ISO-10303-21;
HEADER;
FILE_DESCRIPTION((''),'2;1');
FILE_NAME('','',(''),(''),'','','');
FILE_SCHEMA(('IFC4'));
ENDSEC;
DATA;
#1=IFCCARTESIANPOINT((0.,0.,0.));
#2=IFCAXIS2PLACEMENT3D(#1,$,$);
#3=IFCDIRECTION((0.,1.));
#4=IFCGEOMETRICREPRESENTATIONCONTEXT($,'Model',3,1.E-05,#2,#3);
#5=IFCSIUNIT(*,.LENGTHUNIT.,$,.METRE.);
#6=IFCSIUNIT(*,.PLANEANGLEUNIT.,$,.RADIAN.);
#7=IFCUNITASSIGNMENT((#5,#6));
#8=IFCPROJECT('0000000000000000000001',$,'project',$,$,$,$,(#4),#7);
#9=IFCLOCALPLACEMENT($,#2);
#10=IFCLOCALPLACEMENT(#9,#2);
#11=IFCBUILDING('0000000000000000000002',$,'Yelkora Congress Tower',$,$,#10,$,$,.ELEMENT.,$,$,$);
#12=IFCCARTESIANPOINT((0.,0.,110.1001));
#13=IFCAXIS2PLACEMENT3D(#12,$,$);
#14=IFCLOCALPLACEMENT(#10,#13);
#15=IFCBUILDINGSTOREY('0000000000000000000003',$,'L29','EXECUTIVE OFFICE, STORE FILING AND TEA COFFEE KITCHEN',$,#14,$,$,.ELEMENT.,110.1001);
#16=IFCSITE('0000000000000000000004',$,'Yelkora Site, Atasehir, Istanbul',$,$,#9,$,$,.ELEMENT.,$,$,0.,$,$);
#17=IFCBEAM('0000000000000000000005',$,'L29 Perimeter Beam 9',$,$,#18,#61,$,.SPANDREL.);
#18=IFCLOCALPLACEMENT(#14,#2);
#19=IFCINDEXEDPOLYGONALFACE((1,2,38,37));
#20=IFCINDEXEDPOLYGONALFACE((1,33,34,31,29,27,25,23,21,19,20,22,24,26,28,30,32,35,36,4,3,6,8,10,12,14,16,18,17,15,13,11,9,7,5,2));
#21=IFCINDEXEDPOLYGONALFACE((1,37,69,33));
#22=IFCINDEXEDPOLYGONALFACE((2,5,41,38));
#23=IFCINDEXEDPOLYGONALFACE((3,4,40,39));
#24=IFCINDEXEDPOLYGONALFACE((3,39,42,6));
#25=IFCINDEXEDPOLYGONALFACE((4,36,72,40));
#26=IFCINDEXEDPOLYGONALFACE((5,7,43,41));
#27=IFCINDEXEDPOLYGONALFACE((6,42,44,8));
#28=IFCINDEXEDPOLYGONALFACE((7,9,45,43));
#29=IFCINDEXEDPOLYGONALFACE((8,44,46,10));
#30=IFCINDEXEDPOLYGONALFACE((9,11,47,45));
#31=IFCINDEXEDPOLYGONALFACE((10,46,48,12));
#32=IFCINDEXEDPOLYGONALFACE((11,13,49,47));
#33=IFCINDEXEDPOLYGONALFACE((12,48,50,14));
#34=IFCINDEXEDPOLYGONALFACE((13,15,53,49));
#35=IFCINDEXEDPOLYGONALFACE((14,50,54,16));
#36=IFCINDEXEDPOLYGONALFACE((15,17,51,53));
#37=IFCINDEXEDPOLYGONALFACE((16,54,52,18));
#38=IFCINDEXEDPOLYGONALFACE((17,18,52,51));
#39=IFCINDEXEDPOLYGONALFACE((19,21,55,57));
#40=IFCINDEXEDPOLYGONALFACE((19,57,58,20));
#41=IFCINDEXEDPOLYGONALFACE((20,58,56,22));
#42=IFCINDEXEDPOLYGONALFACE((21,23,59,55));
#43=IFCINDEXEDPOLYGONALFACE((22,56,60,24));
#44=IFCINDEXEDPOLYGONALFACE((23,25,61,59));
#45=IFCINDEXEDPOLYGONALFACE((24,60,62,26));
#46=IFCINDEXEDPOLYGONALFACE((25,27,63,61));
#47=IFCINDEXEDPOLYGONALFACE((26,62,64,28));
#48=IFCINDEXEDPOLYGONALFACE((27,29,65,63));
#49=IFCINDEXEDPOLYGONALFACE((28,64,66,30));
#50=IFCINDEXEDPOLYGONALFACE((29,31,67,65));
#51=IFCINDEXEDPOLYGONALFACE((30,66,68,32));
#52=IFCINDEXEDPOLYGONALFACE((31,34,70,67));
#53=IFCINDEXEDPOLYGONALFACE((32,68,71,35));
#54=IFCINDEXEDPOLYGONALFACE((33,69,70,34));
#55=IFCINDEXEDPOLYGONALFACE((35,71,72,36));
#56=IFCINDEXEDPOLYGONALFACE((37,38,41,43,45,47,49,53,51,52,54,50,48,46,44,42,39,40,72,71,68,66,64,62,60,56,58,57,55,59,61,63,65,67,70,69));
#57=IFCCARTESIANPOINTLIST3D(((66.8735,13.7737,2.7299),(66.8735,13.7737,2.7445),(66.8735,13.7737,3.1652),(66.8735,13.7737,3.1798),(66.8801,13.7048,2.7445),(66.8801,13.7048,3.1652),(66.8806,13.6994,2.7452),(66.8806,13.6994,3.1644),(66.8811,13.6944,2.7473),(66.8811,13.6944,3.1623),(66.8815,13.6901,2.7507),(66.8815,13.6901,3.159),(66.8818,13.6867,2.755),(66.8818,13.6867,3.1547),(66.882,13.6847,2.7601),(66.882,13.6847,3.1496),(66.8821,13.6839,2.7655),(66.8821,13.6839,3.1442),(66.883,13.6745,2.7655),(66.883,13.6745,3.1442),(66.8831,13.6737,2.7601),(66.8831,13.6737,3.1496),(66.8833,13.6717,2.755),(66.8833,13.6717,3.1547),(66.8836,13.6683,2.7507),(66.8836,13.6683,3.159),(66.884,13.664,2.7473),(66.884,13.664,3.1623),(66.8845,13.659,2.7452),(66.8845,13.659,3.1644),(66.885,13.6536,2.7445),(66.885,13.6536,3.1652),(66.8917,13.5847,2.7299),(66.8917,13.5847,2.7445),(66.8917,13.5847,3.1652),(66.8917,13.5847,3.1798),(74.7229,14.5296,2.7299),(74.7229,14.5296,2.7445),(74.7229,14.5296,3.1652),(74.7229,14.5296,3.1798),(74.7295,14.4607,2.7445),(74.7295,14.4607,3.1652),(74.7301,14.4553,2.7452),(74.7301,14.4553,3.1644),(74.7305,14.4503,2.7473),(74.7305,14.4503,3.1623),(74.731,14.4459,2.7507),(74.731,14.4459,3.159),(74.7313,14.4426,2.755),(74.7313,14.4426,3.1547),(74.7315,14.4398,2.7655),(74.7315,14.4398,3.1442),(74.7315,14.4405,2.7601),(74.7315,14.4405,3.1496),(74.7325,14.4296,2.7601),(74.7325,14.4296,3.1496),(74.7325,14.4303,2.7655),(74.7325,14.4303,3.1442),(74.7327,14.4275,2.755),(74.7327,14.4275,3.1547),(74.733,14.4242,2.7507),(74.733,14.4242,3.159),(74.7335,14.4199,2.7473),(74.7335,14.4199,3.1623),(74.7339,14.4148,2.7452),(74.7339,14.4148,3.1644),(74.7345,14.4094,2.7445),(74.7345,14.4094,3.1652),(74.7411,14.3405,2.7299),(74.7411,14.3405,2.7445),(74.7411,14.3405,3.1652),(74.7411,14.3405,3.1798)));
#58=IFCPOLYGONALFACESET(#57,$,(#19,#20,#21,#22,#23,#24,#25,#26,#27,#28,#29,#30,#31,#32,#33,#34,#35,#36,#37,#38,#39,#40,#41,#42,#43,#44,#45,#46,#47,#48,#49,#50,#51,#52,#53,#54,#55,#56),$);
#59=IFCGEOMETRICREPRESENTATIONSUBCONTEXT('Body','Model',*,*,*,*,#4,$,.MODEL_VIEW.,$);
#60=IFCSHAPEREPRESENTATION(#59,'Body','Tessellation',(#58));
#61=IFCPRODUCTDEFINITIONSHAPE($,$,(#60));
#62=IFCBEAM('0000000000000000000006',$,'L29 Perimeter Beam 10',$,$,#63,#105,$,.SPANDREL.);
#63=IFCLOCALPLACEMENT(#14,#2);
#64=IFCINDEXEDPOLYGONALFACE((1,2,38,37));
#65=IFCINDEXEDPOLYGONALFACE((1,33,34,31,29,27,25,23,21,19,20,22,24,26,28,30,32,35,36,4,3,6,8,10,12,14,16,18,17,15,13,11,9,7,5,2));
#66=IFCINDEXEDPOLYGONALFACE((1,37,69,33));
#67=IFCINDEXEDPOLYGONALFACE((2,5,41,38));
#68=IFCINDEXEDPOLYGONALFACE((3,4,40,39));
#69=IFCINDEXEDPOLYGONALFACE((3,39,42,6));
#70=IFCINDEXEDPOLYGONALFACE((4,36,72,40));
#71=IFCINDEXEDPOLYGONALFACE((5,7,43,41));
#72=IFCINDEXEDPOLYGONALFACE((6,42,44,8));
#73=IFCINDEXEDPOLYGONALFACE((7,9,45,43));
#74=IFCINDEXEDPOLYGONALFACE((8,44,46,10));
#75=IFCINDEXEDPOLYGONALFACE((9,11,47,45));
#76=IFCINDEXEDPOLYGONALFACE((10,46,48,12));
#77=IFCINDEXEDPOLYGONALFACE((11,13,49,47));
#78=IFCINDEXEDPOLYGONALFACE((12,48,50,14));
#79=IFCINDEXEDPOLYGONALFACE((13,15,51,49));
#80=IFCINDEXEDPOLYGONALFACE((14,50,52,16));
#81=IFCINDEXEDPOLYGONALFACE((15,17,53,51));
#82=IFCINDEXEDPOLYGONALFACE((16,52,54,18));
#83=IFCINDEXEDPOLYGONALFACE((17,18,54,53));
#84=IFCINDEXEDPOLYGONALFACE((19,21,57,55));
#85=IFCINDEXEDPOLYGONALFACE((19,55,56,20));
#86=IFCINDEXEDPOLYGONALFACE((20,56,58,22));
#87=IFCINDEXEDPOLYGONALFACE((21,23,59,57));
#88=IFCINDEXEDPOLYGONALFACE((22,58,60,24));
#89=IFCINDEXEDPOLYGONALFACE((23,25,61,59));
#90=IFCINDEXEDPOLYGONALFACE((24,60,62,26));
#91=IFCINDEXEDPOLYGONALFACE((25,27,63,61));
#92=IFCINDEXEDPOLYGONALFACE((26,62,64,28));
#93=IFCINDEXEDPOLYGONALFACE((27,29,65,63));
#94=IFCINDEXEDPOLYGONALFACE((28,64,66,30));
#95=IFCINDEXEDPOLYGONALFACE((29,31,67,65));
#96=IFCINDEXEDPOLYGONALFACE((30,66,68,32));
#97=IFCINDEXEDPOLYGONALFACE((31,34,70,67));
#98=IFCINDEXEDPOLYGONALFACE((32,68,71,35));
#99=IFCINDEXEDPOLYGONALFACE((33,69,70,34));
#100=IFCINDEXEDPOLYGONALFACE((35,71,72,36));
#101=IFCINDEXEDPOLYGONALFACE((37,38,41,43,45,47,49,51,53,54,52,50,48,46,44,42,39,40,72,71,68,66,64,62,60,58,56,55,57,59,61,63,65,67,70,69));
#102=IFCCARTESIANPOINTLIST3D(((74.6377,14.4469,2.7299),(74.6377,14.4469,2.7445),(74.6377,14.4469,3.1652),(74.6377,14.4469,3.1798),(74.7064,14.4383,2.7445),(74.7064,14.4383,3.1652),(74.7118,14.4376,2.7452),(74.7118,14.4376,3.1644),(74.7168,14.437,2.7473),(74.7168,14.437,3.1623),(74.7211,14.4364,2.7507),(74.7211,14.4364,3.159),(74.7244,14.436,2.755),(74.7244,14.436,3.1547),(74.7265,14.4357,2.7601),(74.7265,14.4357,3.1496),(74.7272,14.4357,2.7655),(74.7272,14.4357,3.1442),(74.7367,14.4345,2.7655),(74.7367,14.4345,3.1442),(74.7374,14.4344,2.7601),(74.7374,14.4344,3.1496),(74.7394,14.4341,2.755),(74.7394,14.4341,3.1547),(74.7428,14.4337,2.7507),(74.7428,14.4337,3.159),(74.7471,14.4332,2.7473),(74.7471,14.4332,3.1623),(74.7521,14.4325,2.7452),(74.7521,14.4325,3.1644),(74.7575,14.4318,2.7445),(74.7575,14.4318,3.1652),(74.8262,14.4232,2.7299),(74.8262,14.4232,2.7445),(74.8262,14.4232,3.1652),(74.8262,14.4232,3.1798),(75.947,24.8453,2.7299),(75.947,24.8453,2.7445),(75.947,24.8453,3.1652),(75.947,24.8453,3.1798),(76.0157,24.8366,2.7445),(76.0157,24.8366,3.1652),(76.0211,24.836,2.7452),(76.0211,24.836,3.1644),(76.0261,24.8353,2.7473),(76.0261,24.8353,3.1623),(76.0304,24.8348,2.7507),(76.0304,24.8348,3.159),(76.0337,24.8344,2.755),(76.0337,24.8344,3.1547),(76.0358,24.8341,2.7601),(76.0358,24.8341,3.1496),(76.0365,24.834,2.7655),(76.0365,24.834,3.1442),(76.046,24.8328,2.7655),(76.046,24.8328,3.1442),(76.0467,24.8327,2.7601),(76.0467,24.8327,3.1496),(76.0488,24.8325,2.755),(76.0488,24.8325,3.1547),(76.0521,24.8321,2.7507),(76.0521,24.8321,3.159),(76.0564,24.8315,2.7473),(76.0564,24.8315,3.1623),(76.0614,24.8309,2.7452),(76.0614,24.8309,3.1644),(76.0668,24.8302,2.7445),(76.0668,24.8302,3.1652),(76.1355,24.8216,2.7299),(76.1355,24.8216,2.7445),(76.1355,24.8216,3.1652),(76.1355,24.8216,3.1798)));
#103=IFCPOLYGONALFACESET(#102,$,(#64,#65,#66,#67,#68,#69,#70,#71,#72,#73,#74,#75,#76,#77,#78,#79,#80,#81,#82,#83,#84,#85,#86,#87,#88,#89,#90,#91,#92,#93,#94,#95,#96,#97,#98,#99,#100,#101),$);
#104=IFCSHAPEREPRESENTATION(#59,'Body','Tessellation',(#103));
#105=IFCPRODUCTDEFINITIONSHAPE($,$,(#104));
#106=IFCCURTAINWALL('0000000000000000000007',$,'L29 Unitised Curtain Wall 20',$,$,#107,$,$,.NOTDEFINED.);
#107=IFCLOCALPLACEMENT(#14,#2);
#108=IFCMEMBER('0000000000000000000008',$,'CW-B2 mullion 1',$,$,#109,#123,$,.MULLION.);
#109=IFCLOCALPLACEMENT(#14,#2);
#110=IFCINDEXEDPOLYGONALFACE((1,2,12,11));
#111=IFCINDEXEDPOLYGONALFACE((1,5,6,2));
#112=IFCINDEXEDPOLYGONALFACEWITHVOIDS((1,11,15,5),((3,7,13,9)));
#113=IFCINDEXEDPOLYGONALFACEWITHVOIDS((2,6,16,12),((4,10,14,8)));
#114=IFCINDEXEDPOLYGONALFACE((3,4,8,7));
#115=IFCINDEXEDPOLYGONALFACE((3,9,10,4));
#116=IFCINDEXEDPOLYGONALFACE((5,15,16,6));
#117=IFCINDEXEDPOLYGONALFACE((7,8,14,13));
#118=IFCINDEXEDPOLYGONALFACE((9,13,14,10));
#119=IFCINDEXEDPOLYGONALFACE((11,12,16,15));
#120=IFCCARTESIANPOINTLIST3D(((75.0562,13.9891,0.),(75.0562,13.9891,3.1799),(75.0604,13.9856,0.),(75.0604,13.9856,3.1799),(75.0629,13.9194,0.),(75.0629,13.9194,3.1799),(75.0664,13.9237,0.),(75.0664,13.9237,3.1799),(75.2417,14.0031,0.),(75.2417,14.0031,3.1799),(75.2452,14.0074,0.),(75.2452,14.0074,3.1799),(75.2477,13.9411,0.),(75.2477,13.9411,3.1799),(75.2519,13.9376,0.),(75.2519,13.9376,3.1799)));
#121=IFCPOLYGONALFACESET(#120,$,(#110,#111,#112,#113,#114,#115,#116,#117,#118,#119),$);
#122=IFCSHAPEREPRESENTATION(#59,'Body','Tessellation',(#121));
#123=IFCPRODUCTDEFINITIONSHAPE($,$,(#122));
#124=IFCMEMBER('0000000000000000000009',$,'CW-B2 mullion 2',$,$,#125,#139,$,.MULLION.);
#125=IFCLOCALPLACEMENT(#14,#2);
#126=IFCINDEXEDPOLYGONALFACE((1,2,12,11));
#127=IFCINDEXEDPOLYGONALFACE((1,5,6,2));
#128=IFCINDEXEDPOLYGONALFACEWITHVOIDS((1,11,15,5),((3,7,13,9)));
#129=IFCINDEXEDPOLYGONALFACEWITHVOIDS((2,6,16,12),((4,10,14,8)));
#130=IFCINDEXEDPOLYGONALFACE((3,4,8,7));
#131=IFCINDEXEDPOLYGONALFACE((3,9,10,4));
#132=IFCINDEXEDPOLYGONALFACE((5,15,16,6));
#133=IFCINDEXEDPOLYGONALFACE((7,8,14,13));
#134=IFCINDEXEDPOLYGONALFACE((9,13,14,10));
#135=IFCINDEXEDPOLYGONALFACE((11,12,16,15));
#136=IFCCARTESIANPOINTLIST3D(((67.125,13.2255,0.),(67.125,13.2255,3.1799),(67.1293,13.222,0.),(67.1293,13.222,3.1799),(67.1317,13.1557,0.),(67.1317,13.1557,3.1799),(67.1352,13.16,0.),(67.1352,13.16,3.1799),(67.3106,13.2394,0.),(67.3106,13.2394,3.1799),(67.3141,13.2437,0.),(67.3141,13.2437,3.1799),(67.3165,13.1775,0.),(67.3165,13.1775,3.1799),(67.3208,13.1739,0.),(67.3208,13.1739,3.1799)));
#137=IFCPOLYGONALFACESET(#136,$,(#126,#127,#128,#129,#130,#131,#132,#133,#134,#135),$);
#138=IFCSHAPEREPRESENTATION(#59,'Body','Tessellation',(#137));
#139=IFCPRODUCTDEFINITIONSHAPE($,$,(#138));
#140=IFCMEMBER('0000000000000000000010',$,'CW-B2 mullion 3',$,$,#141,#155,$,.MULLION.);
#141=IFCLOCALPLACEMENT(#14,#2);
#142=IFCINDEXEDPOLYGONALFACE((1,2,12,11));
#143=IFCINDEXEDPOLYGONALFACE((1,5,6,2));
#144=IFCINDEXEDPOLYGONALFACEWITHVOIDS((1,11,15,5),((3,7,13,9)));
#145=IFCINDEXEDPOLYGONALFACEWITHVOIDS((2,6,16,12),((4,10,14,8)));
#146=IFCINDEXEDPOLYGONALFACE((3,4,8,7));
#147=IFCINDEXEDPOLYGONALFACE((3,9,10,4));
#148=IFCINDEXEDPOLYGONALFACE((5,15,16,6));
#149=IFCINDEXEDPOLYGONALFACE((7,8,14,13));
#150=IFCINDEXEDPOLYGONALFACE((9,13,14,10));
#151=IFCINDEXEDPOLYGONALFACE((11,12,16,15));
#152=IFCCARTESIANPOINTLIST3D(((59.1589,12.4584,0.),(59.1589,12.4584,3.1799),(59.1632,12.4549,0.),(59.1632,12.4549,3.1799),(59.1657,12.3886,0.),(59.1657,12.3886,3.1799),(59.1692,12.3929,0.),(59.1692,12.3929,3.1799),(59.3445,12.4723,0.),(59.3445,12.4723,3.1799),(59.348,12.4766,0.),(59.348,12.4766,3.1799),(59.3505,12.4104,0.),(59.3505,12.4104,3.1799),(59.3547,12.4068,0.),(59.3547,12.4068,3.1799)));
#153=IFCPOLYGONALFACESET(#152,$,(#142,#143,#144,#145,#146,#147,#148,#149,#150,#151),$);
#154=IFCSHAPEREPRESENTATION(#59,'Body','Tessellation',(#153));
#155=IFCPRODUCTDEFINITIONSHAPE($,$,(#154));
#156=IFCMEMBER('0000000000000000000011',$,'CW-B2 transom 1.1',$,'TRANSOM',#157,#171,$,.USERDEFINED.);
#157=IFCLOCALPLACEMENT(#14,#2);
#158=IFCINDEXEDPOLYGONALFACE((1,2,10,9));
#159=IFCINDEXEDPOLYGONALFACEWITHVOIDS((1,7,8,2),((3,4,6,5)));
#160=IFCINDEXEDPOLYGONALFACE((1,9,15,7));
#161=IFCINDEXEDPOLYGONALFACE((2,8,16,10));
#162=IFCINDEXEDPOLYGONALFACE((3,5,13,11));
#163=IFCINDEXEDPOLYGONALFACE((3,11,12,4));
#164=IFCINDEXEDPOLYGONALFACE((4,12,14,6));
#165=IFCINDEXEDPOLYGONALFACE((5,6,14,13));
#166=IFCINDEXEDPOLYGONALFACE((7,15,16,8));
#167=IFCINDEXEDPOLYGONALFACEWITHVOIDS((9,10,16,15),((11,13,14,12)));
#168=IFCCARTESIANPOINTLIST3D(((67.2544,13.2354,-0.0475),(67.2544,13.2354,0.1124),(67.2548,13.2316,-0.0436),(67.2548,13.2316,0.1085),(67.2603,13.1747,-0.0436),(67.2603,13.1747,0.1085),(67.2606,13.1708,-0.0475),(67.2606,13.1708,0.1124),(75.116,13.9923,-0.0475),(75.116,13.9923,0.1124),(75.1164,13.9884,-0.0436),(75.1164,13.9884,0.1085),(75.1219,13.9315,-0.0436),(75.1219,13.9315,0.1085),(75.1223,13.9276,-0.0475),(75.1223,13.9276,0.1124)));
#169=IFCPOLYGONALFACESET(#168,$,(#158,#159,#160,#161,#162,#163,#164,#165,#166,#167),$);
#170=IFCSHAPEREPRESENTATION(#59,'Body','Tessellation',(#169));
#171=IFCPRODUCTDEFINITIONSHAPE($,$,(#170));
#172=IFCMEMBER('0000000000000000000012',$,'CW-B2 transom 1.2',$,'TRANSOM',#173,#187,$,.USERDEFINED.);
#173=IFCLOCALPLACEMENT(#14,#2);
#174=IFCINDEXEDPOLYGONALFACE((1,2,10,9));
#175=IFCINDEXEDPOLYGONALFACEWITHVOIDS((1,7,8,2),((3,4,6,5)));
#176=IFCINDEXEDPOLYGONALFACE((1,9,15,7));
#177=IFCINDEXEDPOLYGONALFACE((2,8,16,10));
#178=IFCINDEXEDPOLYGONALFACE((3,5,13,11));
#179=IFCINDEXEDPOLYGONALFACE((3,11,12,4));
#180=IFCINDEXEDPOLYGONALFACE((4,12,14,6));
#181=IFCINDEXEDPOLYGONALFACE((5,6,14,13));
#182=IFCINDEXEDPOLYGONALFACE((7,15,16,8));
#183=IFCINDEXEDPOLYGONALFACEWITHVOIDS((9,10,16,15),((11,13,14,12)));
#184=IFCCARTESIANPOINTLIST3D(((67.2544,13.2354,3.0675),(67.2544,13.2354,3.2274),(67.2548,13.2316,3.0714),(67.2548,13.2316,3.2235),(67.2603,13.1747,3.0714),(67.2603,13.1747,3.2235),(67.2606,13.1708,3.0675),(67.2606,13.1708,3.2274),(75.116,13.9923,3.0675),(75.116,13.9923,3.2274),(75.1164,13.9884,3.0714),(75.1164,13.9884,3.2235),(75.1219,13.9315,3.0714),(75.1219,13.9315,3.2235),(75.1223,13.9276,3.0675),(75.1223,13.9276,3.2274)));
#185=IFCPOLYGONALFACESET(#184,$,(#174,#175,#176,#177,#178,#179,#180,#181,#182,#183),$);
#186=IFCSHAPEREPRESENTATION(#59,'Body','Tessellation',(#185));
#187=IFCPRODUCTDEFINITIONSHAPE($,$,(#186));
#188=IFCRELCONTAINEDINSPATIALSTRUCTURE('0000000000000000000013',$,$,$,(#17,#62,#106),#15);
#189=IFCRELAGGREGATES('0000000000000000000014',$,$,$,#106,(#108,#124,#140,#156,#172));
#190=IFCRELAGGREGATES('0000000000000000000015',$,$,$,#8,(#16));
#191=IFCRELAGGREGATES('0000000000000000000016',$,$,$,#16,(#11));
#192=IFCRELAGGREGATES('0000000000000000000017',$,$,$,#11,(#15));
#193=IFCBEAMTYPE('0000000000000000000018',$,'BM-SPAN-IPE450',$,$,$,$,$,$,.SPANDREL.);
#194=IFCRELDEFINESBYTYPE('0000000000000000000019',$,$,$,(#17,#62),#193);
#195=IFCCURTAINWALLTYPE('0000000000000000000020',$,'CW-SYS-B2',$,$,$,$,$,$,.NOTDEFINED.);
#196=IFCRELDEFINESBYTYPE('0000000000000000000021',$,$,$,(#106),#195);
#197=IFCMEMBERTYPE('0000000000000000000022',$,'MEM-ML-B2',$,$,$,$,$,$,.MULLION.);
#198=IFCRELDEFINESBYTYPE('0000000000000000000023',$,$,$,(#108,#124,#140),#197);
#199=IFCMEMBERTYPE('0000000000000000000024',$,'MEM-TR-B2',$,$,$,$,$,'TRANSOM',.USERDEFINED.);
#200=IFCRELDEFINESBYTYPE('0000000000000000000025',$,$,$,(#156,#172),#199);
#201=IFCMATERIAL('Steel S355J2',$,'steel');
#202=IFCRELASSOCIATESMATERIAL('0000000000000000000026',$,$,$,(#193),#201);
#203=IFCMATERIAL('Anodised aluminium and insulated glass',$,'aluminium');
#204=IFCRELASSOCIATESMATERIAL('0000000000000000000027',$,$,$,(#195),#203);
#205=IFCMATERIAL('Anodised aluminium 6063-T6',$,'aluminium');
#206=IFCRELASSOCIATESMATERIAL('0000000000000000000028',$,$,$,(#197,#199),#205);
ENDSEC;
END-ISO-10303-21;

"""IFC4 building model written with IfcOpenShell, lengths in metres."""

from ifc_helpers import new_model, si_unit, direction, frame, origin, origin_2d, place, context, subcontext, project, spatial, hollow_rectangle, i_section, extrude, material, material_profile, profile_set, type_object, element, aggregate, save


model = new_model("IFC4")

# Units and contexts
model_context = context("Model", 3, precision=1e-05, world=origin(), true_north=direction((0.0, 1.0)))
body_context = subcontext(model_context, "Body", "Model", "MODEL_VIEW")
ifc_project = project(units=[si_unit("LENGTHUNIT", "METRE"), si_unit("PLANEANGLEUNIT", "RADIAN")], contexts=[model_context])

# Site, building, storey
site_placement = place(None, origin())
site = spatial("IfcSite", under=ifc_project, at=site_placement, Name="Yelkora Site, Atasehir, Istanbul", CompositionType="ELEMENT", RefElevation=0.0)
building_placement = place(site_placement, origin())
building = spatial("IfcBuilding", under=site, at=building_placement, Name="Yelkora Congress Tower", CompositionType="ELEMENT")
storey_placement = place(building_placement, frame((0.0, 0.0, 110.1001)))
storey = spatial("IfcBuildingStorey", under=building, at=storey_placement, Name="L29", Description="EXECUTIVE OFFICE, STORE FILING AND TEA COFFEE KITCHEN", CompositionType="ELEMENT", Elevation=110.1001)

# Beams
ifc_material_1 = material(Name="Steel S355J2", Category="steel")
ifc_material_profile_1 = material_profile(ifc_material_1, i_section(OverallWidth=0.1899, OverallDepth=0.45, WebThickness=0.0095, FlangeThickness=0.0146, FilletRadius=0.021, at=origin_2d()), Name="IPE 450")
ifc_profile_set_1 = profile_set([ifc_material_profile_1], Name="Steel S355J2")
beam_type_1 = type_object("IfcBeamType", Name="BM-SPAN-IPE450", PredefinedType="SPANDREL", material=ifc_profile_set_1)
beam_1_placement = place(storey_placement, frame((66.8826, 13.6792, 2.9548), z_axis=(0.995396, 0.095852, 0.0), x_axis=(-0.095852, 0.995396, 0.0)))
element("IfcBeam", 1, at=beam_1_placement, inside=storey, type_object=beam_type_1, Name="L29 Perimeter Beam 9", PredefinedType="SPANDREL", context=body_context, shape_type="SweptSolid", body=[
    extrude(i_section(OverallWidth=0.1899, OverallDepth=0.45, WebThickness=0.0095, FlangeThickness=0.0146, FilletRadius=0.021, at=origin_2d()), origin(), (0.0, 0.0, 1.0), 7.8857),
])
beam_2_placement = place(storey_placement, frame((74.7319, 14.4351, 2.9548), z_axis=(0.124929, 0.992166, 0.0), x_axis=(-0.992166, 0.124929, 0.0)))
element("IfcBeam", 2, at=beam_2_placement, inside=storey, type_object=beam_type_1, Name="L29 Perimeter Beam 10", PredefinedType="SPANDREL", context=body_context, shape_type="SweptSolid", body=[
    extrude(i_section(OverallWidth=0.1899, OverallDepth=0.45, WebThickness=0.0095, FlangeThickness=0.0146, FilletRadius=0.021, at=origin_2d()), origin(), (0.0, 0.0, 1.0), 10.4805),
])

# Curtain wall, members
ifc_material_2 = material(Name="Anodised aluminium and insulated glass", Category="aluminium")
curtain_wall_type = type_object("IfcCurtainWallType", Name="CW-SYS-B2", PredefinedType="NOTDEFINED", material=ifc_material_2)
curtain_wall_placement = place(storey_placement, origin())
curtain_wall = element("IfcCurtainWall", 3, at=curtain_wall_placement, inside=storey, type_object=curtain_wall_type, Name="L29 Unitised Curtain Wall 20", PredefinedType="NOTDEFINED")
ifc_material_3 = material(Name="Anodised aluminium 6063-T6", Category="aluminium")
ifc_material_profile_2 = material_profile(ifc_material_3, hollow_rectangle(XDim=0.0701, YDim=0.1899, WallThickness=0.0039, at=origin_2d()), Name="ALU 70x190x4")
ifc_profile_set_2 = profile_set([ifc_material_profile_2], Name="Anodised aluminium 6063-T6")
member_type_1 = type_object("IfcMemberType", Name="MEM-ML-B2", PredefinedType="MULLION", material=ifc_profile_set_2)
member_1_placement = place(storey_placement, frame((75.1541, 13.9634, 0.0), z_axis=(0.0, 0.0, 1.0), x_axis=(0.095844, -0.995396, 0.0)))
member_1 = element("IfcMember", 4, at=member_1_placement, type_object=member_type_1, Name="CW-B2 mullion 1", PredefinedType="MULLION", context=body_context, shape_type="SweptSolid", body=[
    extrude(hollow_rectangle(XDim=0.0701, YDim=0.1899, WallThickness=0.0039, at=origin_2d()), origin(), (0.0, 0.0, 1.0), 3.1799),
])
member_2_placement = place(storey_placement, frame((67.2229, 13.1997, 0.0), z_axis=(0.0, 0.0, 1.0), x_axis=(0.095844, -0.995396, 0.0)))
member_2 = element("IfcMember", 5, at=member_2_placement, type_object=member_type_1, Name="CW-B2 mullion 2", PredefinedType="MULLION", context=body_context, shape_type="SweptSolid", body=[
    extrude(hollow_rectangle(XDim=0.0701, YDim=0.1899, WallThickness=0.0039, at=origin_2d()), origin(), (0.0, 0.0, 1.0), 3.1799),
])
member_3_placement = place(storey_placement, frame((59.2568, 12.4326, 0.0), z_axis=(0.0, 0.0, 1.0), x_axis=(0.095844, -0.995396, 0.0)))
member_3 = element("IfcMember", 6, at=member_3_placement, type_object=member_type_1, Name="CW-B2 mullion 3", PredefinedType="MULLION", context=body_context, shape_type="SweptSolid", body=[
    extrude(hollow_rectangle(XDim=0.0701, YDim=0.1899, WallThickness=0.0039, at=origin_2d()), origin(), (0.0, 0.0, 1.0), 3.1799),
])
ifc_material_profile_3 = material_profile(ifc_material_3, hollow_rectangle(XDim=0.0649, YDim=0.1599, WallThickness=0.0039, at=origin_2d()), Name="ALU 65x160x4")
ifc_profile_set_3 = profile_set([ifc_material_profile_3], Name="Anodised aluminium 6063-T6")
member_type_2 = type_object("IfcMemberType", Name="MEM-TR-B2", ElementType="TRANSOM", PredefinedType="USERDEFINED", material=ifc_profile_set_3)
member_4_placement = place(storey_placement, frame((75.1191, 13.96, 0.0325), z_axis=(-0.995398, -0.095827, 0.0), x_axis=(0.095827, -0.995398, 0.0)))
member_4 = element("IfcMember", 7, at=member_4_placement, type_object=member_type_2, Name="CW-B2 transom 1.1", ObjectType="TRANSOM", PredefinedType="USERDEFINED", context=body_context, shape_type="SweptSolid", body=[
    extrude(hollow_rectangle(XDim=0.0649, YDim=0.1599, WallThickness=0.0039, at=origin_2d()), origin(), (0.0, 0.0, 1.0), 7.8979),
])
member_5_placement = place(storey_placement, frame((75.1191, 13.96, 3.1475), z_axis=(-0.995398, -0.095827, 0.0), x_axis=(0.095827, -0.995398, 0.0)))
member_5 = element("IfcMember", 8, at=member_5_placement, type_object=member_type_2, Name="CW-B2 transom 1.2", ObjectType="TRANSOM", PredefinedType="USERDEFINED", context=body_context, shape_type="SweptSolid", body=[
    extrude(hollow_rectangle(XDim=0.0649, YDim=0.1599, WallThickness=0.0039, at=origin_2d()), origin(), (0.0, 0.0, 1.0), 7.8979),
])
aggregate(curtain_wall, [member_1, member_2, member_3, member_4, member_5])

save(model, "model.ifc")
